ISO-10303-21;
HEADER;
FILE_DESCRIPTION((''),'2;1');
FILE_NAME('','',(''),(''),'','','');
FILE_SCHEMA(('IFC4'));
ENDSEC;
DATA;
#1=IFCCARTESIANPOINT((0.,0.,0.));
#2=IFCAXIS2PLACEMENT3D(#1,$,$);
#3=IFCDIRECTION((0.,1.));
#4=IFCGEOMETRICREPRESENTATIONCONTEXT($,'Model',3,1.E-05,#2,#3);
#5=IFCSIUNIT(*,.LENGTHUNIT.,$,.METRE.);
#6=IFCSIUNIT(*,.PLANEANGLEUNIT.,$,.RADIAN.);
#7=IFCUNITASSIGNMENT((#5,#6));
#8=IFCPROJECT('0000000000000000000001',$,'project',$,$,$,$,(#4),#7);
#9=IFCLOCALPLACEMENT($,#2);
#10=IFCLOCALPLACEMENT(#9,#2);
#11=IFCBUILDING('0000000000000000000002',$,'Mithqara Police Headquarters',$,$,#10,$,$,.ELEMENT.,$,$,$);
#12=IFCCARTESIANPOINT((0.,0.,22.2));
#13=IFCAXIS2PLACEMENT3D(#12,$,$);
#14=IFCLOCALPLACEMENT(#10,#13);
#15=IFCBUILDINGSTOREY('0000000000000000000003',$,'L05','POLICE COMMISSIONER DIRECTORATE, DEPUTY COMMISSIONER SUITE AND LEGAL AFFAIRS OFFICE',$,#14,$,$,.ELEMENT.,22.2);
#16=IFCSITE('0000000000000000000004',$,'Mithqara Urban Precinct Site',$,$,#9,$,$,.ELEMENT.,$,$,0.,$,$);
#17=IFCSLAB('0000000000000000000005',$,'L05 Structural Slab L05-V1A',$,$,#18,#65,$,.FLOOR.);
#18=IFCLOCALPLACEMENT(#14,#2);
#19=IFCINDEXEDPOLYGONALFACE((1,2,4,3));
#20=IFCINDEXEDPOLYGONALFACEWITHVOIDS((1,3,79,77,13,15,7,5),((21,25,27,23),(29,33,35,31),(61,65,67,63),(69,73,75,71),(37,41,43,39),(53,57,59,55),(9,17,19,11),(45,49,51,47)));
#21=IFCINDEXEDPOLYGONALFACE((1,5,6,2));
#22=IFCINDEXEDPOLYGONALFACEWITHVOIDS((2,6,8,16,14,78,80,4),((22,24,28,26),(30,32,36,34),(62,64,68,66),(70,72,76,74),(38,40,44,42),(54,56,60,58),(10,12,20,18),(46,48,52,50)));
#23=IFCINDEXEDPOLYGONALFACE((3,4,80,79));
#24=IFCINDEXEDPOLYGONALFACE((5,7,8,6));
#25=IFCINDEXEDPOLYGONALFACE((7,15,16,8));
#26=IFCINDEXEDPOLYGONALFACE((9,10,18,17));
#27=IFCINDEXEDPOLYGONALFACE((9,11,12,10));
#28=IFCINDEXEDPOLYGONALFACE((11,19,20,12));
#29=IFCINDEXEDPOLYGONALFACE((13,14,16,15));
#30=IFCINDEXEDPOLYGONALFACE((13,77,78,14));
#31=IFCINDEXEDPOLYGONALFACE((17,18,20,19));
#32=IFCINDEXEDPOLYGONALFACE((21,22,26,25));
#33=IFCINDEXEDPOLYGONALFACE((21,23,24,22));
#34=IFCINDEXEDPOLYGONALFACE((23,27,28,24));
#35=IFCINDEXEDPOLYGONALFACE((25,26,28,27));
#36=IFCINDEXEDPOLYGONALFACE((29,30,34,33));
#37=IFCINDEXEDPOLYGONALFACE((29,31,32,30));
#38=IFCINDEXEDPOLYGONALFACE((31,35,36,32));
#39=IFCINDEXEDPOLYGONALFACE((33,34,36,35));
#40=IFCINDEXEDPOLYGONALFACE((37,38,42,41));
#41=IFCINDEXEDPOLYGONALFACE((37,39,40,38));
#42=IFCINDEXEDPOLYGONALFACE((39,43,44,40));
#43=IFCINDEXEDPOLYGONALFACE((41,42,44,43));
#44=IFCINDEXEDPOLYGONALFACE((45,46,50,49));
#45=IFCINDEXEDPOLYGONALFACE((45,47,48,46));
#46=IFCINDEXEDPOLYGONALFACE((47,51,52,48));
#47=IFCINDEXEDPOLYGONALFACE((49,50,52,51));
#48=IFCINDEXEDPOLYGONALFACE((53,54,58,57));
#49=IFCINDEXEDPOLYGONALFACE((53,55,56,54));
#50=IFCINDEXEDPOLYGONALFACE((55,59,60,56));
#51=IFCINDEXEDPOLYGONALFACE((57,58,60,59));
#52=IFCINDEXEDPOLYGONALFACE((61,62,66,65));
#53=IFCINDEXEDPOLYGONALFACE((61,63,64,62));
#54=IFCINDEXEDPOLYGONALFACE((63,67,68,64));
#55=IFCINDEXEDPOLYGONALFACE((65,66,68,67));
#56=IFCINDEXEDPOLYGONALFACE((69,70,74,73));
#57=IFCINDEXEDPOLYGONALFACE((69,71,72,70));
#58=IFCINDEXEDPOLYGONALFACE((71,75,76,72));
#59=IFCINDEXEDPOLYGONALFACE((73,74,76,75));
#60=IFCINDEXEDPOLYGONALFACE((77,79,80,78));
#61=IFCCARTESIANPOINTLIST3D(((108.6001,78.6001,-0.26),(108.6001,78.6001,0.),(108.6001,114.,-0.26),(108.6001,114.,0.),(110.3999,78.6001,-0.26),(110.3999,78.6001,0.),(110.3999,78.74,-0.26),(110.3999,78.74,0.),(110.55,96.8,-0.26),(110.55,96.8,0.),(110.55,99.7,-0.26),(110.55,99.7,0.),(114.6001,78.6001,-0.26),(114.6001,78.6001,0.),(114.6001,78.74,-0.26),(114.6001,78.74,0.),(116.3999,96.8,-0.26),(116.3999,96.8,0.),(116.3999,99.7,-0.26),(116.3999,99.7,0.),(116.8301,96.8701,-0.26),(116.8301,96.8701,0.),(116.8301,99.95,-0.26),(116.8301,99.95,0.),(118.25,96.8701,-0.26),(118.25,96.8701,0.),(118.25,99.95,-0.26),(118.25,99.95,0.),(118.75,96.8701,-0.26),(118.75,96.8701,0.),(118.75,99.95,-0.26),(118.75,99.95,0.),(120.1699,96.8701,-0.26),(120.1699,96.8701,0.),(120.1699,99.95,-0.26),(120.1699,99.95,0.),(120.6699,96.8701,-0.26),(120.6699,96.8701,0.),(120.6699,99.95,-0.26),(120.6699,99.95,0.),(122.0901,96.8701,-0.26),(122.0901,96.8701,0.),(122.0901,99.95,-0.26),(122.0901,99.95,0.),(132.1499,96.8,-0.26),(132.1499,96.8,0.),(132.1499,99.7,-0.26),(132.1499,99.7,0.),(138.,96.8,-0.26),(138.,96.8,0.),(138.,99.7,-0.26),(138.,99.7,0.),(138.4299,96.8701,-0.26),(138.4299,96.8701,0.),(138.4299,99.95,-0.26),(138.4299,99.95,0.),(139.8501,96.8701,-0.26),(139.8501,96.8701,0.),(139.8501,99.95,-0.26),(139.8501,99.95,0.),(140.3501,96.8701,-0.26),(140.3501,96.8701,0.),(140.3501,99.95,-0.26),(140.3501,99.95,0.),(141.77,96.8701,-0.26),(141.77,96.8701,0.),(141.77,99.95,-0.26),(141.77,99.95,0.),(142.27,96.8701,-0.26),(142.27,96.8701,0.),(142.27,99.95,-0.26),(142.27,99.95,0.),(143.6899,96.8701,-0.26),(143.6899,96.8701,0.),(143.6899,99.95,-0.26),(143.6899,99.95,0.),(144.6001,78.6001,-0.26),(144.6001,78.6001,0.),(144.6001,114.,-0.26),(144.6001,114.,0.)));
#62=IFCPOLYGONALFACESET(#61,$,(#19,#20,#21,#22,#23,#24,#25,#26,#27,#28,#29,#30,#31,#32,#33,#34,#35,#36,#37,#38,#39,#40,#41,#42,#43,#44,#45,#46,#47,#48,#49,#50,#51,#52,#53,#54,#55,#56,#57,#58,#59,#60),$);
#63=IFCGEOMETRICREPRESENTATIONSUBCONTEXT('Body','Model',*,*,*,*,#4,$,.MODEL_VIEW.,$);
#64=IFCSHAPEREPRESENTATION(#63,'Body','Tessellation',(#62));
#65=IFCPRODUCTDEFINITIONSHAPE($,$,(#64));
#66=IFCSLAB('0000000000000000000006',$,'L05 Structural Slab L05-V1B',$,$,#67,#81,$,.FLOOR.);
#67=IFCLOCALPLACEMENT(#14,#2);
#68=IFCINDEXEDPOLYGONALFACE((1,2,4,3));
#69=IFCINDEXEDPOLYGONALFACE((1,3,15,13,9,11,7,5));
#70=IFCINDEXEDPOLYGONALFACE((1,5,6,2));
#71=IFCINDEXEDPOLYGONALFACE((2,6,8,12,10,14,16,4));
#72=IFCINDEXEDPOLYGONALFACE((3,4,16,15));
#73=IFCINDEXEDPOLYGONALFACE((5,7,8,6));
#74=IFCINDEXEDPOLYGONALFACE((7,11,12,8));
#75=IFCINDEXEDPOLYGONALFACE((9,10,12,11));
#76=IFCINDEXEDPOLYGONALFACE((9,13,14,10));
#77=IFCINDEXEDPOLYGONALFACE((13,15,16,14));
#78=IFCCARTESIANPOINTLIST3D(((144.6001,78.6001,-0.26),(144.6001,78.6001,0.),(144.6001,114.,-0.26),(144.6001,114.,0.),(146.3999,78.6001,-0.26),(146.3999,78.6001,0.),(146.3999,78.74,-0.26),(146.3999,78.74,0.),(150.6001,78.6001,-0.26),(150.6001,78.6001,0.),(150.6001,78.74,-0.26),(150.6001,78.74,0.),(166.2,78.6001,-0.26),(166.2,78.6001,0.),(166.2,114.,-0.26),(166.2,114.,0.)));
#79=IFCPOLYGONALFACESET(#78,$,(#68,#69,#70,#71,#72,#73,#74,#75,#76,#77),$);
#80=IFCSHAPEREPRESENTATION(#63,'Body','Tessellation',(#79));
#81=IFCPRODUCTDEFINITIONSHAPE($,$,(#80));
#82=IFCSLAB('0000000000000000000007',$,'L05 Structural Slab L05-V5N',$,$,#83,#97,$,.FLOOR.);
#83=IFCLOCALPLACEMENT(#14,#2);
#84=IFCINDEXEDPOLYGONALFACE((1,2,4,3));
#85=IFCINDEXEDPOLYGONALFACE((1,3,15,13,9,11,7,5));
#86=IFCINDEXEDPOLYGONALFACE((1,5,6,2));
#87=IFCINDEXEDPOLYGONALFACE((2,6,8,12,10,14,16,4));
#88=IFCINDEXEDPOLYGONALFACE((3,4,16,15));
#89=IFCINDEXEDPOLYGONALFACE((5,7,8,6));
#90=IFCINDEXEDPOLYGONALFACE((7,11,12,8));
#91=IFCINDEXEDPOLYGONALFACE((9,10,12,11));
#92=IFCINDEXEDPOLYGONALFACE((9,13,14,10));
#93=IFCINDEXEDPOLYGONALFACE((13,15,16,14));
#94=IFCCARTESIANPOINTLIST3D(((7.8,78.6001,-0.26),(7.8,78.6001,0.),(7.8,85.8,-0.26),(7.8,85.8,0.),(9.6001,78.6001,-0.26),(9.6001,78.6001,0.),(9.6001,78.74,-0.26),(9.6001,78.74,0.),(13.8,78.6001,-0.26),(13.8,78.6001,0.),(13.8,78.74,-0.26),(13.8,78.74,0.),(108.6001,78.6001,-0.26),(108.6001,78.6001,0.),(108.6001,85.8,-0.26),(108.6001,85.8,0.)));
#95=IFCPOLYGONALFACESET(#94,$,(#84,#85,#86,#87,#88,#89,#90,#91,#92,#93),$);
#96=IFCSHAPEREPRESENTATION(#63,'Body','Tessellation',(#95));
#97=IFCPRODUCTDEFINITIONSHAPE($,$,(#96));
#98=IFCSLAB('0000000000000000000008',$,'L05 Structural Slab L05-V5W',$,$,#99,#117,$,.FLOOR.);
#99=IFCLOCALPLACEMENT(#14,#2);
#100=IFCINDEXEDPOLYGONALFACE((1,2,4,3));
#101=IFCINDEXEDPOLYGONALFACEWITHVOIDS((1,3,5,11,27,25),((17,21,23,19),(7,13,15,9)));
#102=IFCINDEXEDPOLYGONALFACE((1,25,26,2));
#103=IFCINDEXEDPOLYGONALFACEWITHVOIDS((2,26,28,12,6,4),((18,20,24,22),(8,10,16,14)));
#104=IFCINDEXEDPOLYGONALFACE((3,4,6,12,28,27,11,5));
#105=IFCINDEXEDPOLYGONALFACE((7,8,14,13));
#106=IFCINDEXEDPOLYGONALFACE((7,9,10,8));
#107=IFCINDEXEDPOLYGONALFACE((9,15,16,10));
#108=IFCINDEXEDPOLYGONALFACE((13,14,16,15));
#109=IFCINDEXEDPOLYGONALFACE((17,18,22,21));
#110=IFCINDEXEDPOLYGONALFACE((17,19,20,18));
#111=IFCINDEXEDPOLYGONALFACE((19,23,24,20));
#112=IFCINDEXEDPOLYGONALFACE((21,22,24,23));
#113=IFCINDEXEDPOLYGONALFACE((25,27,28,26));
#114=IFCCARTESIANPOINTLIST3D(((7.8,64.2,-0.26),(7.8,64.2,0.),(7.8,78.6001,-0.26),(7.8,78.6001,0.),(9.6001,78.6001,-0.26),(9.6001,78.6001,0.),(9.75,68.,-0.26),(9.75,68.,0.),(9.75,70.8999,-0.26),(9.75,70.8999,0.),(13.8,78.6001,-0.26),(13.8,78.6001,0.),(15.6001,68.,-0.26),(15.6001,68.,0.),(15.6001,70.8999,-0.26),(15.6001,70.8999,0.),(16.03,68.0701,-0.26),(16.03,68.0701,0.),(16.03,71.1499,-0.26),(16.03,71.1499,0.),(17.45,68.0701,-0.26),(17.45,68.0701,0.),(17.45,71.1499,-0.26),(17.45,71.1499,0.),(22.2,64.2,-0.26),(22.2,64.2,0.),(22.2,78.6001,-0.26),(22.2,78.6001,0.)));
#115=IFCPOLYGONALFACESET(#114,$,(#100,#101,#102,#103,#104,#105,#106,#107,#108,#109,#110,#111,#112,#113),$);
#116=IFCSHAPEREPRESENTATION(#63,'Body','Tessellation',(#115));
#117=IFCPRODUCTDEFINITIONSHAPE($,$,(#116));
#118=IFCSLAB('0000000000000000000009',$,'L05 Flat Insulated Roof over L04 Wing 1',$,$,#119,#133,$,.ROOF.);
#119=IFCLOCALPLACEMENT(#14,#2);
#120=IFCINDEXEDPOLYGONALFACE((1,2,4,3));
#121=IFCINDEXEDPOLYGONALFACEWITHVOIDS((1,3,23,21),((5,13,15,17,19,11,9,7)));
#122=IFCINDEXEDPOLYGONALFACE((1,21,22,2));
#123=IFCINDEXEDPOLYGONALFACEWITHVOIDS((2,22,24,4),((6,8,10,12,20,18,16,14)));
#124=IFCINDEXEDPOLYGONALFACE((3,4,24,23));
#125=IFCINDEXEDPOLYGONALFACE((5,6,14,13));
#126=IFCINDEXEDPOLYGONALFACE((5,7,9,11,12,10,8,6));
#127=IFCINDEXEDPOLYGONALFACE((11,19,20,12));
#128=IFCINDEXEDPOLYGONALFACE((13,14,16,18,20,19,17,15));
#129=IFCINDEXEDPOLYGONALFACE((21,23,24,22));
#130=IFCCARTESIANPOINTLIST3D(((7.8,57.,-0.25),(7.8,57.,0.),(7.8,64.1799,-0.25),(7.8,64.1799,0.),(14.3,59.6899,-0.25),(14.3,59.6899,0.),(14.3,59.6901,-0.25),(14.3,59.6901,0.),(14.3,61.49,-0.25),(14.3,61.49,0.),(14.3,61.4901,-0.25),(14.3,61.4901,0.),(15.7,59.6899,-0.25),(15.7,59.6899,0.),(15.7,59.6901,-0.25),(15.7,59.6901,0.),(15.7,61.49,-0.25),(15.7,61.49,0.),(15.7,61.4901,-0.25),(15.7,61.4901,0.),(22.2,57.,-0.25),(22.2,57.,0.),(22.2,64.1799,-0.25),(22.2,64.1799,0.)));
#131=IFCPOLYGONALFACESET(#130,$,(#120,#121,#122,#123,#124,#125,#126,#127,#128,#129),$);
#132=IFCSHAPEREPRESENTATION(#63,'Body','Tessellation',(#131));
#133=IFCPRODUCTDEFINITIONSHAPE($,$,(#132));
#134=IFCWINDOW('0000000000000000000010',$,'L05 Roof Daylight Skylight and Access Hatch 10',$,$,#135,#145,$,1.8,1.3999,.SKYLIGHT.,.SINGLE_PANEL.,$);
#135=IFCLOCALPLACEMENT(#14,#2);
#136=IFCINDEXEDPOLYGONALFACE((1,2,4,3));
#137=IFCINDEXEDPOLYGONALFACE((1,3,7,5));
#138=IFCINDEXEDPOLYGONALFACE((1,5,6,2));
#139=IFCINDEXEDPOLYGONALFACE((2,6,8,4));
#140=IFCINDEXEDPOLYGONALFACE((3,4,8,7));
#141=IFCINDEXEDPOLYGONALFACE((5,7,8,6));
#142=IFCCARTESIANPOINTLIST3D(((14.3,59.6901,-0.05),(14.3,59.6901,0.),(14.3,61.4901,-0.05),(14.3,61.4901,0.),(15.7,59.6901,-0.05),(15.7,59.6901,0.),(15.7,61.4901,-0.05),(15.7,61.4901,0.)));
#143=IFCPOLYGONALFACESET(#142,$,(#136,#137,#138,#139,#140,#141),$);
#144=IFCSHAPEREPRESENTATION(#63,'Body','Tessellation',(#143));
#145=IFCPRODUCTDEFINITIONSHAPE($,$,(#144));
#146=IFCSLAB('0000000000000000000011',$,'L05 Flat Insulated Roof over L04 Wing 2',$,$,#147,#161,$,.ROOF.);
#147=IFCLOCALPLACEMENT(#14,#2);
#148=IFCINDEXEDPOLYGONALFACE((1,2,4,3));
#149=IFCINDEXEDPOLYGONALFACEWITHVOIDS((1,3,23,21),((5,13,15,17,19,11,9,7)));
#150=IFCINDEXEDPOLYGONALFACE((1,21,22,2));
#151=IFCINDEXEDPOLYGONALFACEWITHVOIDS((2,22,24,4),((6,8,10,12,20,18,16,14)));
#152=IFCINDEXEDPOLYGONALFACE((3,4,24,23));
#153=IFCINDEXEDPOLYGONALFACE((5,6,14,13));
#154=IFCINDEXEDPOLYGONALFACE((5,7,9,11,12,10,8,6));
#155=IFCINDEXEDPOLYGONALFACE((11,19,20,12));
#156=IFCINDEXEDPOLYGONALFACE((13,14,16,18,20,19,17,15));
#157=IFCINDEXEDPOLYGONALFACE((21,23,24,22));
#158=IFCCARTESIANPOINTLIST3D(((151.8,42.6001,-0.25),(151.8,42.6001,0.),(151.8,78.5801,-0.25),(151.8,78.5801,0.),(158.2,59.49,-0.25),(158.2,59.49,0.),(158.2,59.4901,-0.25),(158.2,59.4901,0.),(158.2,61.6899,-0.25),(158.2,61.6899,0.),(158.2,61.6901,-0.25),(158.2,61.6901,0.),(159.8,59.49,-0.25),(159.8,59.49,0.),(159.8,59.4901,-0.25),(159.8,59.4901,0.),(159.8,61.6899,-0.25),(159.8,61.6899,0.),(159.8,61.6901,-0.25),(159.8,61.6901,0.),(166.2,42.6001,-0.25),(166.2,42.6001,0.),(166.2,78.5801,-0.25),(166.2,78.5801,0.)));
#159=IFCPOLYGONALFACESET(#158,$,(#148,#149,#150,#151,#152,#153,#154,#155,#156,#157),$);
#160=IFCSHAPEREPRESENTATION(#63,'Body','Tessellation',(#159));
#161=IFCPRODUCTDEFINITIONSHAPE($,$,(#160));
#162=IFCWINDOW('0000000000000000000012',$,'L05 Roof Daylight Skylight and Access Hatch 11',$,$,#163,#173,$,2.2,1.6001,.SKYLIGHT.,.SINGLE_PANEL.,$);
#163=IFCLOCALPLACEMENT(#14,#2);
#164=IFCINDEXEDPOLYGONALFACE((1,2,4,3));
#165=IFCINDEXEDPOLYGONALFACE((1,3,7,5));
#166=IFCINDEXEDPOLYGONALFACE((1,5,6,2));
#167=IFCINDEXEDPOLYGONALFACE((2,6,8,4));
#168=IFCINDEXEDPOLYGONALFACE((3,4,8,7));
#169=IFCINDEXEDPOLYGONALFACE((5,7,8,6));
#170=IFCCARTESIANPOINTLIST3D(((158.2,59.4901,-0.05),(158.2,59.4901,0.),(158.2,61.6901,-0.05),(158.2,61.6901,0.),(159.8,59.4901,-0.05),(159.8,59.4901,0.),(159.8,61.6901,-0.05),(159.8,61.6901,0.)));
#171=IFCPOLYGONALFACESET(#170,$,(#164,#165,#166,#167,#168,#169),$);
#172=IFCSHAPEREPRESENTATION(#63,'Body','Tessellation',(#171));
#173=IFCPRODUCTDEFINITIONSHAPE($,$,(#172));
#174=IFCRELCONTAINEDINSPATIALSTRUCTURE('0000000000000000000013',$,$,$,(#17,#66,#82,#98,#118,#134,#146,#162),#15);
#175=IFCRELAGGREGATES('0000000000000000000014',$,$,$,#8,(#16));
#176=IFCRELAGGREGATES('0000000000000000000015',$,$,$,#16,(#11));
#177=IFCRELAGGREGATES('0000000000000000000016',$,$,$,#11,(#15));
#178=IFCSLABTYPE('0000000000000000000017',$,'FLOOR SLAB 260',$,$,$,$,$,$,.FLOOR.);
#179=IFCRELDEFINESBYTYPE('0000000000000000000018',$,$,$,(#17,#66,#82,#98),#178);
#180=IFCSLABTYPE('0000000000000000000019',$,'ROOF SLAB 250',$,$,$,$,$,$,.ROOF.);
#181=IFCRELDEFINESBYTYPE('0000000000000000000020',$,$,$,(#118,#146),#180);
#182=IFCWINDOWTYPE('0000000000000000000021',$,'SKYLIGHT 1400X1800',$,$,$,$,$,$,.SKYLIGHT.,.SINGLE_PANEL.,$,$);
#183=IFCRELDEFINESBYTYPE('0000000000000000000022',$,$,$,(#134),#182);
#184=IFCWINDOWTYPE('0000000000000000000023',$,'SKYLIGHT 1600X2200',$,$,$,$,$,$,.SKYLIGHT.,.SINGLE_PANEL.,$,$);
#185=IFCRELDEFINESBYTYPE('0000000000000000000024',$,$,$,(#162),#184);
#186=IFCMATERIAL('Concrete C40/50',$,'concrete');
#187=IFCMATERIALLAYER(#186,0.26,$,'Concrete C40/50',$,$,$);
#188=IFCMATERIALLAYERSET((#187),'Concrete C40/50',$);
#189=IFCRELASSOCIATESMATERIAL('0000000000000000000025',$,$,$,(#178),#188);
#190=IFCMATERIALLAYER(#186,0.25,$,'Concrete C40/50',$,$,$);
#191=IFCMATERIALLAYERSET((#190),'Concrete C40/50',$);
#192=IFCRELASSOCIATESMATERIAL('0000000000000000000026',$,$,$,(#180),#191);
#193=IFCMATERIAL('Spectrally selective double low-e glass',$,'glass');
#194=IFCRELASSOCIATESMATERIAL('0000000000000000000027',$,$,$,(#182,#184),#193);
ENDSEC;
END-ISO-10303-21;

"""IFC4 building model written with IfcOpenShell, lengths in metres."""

from ifc_helpers import new_model, si_unit, direction, frame, origin, origin_2d, place, context, subcontext, project, spatial, polyline, rectangle, outline, extrude, material, layer, layer_set, type_object, element, fill, save


model = new_model("IFC4")

# Units and contexts
model_context = context("Model", 3, precision=1e-05, world=origin(), true_north=direction((0.0, 1.0)))
body_context = subcontext(model_context, "Body", "Model", "MODEL_VIEW")
ifc_project = project(units=[si_unit("LENGTHUNIT", "METRE"), si_unit("PLANEANGLEUNIT", "RADIAN")], contexts=[model_context])

# Site, building, storey
site_placement = place(None, origin())
site = spatial("IfcSite", under=ifc_project, at=site_placement, Name="Mithqara Urban Precinct Site", CompositionType="ELEMENT", RefElevation=0.0)
building_placement = place(site_placement, origin())
building = spatial("IfcBuilding", under=site, at=building_placement, Name="Mithqara Police Headquarters", CompositionType="ELEMENT")
storey_placement = place(building_placement, frame((0.0, 0.0, 22.2)))
storey = spatial("IfcBuildingStorey", under=building, at=storey_placement, Name="L05", Description="POLICE COMMISSIONER DIRECTORATE, DEPUTY COMMISSIONER SUITE AND LEGAL AFFAIRS OFFICE", CompositionType="ELEMENT", Elevation=22.2)

# Slabs
ifc_material_1 = material(Name="Concrete C40/50", Category="concrete")
ifc_layer_1 = layer(ifc_material_1, 0.26, Name="Concrete C40/50")
ifc_layer_set_1 = layer_set([ifc_layer_1], Name="Concrete C40/50")
slab_type_1 = type_object("IfcSlabType", Name="FLOOR SLAB 260", PredefinedType="FLOOR", material=ifc_layer_set_1)
slab_1_placement = place(storey_placement, frame((0.0, 0.0, -0.26)))
element("IfcSlab", 1, at=slab_1_placement, inside=storey, type_object=slab_type_1, Name="L05 Structural Slab L05-V1A", PredefinedType="FLOOR", context=body_context, shape_type="SweptSolid", body=[
    extrude(outline(polyline([(108.6001, 114.0), (144.6001, 114.0), (144.6001, 78.6001), (114.6001, 78.6001), (114.6001, 78.74), (110.3999, 78.74), (110.3999, 78.6001), (108.6001, 78.6001), (108.6001, 114.0)]), holes=[polyline([(110.55, 96.8), (116.3999, 96.8), (116.3999, 99.7), (110.55, 99.7), (110.55, 96.8)]), polyline([(132.1499, 96.8), (138.0, 96.8), (138.0, 99.7), (132.1499, 99.7), (132.1499, 96.8)]), polyline([(118.25, 96.8701), (118.25, 99.95), (116.8301, 99.95), (116.8301, 96.8701), (118.25, 96.8701)]), polyline([(120.1699, 96.8701), (120.1699, 99.95), (118.75, 99.95), (118.75, 96.8701), (120.1699, 96.8701)]), polyline([(122.0901, 96.8701), (122.0901, 99.95), (120.6699, 99.95), (120.6699, 96.8701), (122.0901, 96.8701)]), polyline([(139.8501, 96.8701), (139.8501, 99.95), (138.4299, 99.95), (138.4299, 96.8701), (139.8501, 96.8701)]), polyline([(141.77, 96.8701), (141.77, 99.95), (140.3501, 99.95), (140.3501, 96.8701), (141.77, 96.8701)]), polyline([(143.6899, 96.8701), (143.6899, 99.95), (142.27, 99.95), (142.27, 96.8701), (143.6899, 96.8701)])]), origin(), (0.0, 0.0, 1.0), 0.26),
])
slab_2_placement = place(storey_placement, frame((0.0, 0.0, -0.26)))
element("IfcSlab", 2, at=slab_2_placement, inside=storey, type_object=slab_type_1, Name="L05 Structural Slab L05-V1B", PredefinedType="FLOOR", context=body_context, shape_type="SweptSolid", body=[
    extrude(outline(polyline([(166.2, 78.6001), (150.6001, 78.6001), (150.6001, 78.74), (146.3999, 78.74), (146.3999, 78.6001), (144.6001, 78.6001), (144.6001, 114.0), (166.2, 114.0), (166.2, 78.6001)])), origin(), (0.0, 0.0, 1.0), 0.26),
])
slab_3_placement = place(storey_placement, frame((0.0, 0.0, -0.26)))
element("IfcSlab", 3, at=slab_3_placement, inside=storey, type_object=slab_type_1, Name="L05 Structural Slab L05-V5N", PredefinedType="FLOOR", context=body_context, shape_type="SweptSolid", body=[
    extrude(outline(polyline([(13.8, 78.6001), (13.8, 78.74), (9.6001, 78.74), (9.6001, 78.6001), (7.8, 78.6001), (7.8, 85.8), (108.6001, 85.8), (108.6001, 78.6001), (13.8, 78.6001)])), origin(), (0.0, 0.0, 1.0), 0.26),
])
slab_4_placement = place(storey_placement, frame((0.0, 0.0, -0.26)))
element("IfcSlab", 4, at=slab_4_placement, inside=storey, type_object=slab_type_1, Name="L05 Structural Slab L05-V5W", PredefinedType="FLOOR", context=body_context, shape_type="SweptSolid", body=[
    extrude(outline(polyline([(22.2, 64.2), (7.8, 64.2), (7.8, 78.6001), (9.6001, 78.6001), (13.8, 78.6001), (22.2, 78.6001), (22.2, 64.2)]), holes=[polyline([(9.75, 68.0), (15.6001, 68.0), (15.6001, 70.8999), (9.75, 70.8999), (9.75, 68.0)]), polyline([(17.45, 68.0701), (17.45, 71.1499), (16.03, 71.1499), (16.03, 68.0701), (17.45, 68.0701)])]), origin(), (0.0, 0.0, 1.0), 0.26),
])

# Slabs, openings, windows
ifc_layer_2 = layer(ifc_material_1, 0.25, Name="Concrete C40/50")
ifc_layer_set_2 = layer_set([ifc_layer_2], Name="Concrete C40/50")
slab_type_2 = type_object("IfcSlabType", Name="ROOF SLAB 250", PredefinedType="ROOF", material=ifc_layer_set_2)
slab_5_placement = place(storey_placement, frame((0.0, 0.0, -0.25)))
slab_5 = element("IfcSlab", 5, at=slab_5_placement, inside=storey, type_object=slab_type_2, Name="L05 Flat Insulated Roof over L04 Wing 1", PredefinedType="ROOF", context=body_context, shape_type="SweptSolid", body=[
    extrude(outline(polyline([(22.2, 57.0), (7.8, 57.0), (7.8, 64.1799), (22.2, 64.1799), (22.2, 57.0)]), holes=[polyline([(14.3, 59.6899), (15.7, 59.6899), (15.7, 61.49), (14.3, 61.49), (14.3, 59.6899)])]), origin(), (0.0, 0.0, 1.0), 0.25),
])
opening_1_placement = place(slab_5_placement, frame((15.0, 60.5901, -0.01)))
opening_1 = element("IfcOpeningElement", 6, at=opening_1_placement, cuts=slab_5, PredefinedType="OPENING", context=body_context, shape_type="SweptSolid", body=[
    extrude(rectangle(XDim=1.3999, YDim=1.8, at=origin_2d()), origin(), (0.0, 0.0, 1.0), 0.27),
])
ifc_material_2 = material(Name="Spectrally selective double low-e glass", Category="glass")
window_type_1 = type_object("IfcWindowType", Name="SKYLIGHT 1400X1800", PartitioningType="SINGLE_PANEL", PredefinedType="SKYLIGHT", material=ifc_material_2)
window_1_placement = place(opening_1_placement, frame((0.0, 0.0, 0.21)))
window_1 = element("IfcWindow", 7, at=window_1_placement, inside=storey, type_object=window_type_1, Name="L05 Roof Daylight Skylight and Access Hatch 10", OverallHeight=1.8, OverallWidth=1.3999, PartitioningType="SINGLE_PANEL", PredefinedType="SKYLIGHT", context=body_context, shape_type="SweptSolid", body=[
    extrude(rectangle(XDim=1.3999, YDim=1.8, at=origin_2d()), origin(), (0.0, 0.0, 1.0), 0.05),
])
fill(opening_1, window_1)
slab_6_placement = place(storey_placement, frame((0.0, 0.0, -0.25)))
slab_6 = element("IfcSlab", 8, at=slab_6_placement, inside=storey, type_object=slab_type_2, Name="L05 Flat Insulated Roof over L04 Wing 2", PredefinedType="ROOF", context=body_context, shape_type="SweptSolid", body=[
    extrude(outline(polyline([(166.2, 42.6001), (151.8, 42.6001), (151.8, 78.5801), (166.2, 78.5801), (166.2, 42.6001)]), holes=[polyline([(158.2, 59.49), (159.8, 59.49), (159.8, 61.6899), (158.2, 61.6899), (158.2, 59.49)])]), origin(), (0.0, 0.0, 1.0), 0.25),
])
opening_2_placement = place(slab_6_placement, frame((159.0, 60.5901, -0.01)))
opening_2 = element("IfcOpeningElement", 9, at=opening_2_placement, cuts=slab_6, PredefinedType="OPENING", context=body_context, shape_type="SweptSolid", body=[
    extrude(rectangle(XDim=1.6001, YDim=2.2, at=origin_2d()), origin(), (0.0, 0.0, 1.0), 0.27),
])
window_type_2 = type_object("IfcWindowType", Name="SKYLIGHT 1600X2200", PartitioningType="SINGLE_PANEL", PredefinedType="SKYLIGHT", material=ifc_material_2)
window_2_placement = place(opening_2_placement, frame((0.0, 0.0, 0.21)))
window_2 = element("IfcWindow", 10, at=window_2_placement, inside=storey, type_object=window_type_2, Name="L05 Roof Daylight Skylight and Access Hatch 11", OverallHeight=2.2, OverallWidth=1.6001, PartitioningType="SINGLE_PANEL", PredefinedType="SKYLIGHT", context=body_context, shape_type="SweptSolid", body=[
    extrude(rectangle(XDim=1.6001, YDim=2.2, at=origin_2d()), origin(), (0.0, 0.0, 1.0), 0.05),
])
fill(opening_2, window_2)

save(model, "model.ifc")
